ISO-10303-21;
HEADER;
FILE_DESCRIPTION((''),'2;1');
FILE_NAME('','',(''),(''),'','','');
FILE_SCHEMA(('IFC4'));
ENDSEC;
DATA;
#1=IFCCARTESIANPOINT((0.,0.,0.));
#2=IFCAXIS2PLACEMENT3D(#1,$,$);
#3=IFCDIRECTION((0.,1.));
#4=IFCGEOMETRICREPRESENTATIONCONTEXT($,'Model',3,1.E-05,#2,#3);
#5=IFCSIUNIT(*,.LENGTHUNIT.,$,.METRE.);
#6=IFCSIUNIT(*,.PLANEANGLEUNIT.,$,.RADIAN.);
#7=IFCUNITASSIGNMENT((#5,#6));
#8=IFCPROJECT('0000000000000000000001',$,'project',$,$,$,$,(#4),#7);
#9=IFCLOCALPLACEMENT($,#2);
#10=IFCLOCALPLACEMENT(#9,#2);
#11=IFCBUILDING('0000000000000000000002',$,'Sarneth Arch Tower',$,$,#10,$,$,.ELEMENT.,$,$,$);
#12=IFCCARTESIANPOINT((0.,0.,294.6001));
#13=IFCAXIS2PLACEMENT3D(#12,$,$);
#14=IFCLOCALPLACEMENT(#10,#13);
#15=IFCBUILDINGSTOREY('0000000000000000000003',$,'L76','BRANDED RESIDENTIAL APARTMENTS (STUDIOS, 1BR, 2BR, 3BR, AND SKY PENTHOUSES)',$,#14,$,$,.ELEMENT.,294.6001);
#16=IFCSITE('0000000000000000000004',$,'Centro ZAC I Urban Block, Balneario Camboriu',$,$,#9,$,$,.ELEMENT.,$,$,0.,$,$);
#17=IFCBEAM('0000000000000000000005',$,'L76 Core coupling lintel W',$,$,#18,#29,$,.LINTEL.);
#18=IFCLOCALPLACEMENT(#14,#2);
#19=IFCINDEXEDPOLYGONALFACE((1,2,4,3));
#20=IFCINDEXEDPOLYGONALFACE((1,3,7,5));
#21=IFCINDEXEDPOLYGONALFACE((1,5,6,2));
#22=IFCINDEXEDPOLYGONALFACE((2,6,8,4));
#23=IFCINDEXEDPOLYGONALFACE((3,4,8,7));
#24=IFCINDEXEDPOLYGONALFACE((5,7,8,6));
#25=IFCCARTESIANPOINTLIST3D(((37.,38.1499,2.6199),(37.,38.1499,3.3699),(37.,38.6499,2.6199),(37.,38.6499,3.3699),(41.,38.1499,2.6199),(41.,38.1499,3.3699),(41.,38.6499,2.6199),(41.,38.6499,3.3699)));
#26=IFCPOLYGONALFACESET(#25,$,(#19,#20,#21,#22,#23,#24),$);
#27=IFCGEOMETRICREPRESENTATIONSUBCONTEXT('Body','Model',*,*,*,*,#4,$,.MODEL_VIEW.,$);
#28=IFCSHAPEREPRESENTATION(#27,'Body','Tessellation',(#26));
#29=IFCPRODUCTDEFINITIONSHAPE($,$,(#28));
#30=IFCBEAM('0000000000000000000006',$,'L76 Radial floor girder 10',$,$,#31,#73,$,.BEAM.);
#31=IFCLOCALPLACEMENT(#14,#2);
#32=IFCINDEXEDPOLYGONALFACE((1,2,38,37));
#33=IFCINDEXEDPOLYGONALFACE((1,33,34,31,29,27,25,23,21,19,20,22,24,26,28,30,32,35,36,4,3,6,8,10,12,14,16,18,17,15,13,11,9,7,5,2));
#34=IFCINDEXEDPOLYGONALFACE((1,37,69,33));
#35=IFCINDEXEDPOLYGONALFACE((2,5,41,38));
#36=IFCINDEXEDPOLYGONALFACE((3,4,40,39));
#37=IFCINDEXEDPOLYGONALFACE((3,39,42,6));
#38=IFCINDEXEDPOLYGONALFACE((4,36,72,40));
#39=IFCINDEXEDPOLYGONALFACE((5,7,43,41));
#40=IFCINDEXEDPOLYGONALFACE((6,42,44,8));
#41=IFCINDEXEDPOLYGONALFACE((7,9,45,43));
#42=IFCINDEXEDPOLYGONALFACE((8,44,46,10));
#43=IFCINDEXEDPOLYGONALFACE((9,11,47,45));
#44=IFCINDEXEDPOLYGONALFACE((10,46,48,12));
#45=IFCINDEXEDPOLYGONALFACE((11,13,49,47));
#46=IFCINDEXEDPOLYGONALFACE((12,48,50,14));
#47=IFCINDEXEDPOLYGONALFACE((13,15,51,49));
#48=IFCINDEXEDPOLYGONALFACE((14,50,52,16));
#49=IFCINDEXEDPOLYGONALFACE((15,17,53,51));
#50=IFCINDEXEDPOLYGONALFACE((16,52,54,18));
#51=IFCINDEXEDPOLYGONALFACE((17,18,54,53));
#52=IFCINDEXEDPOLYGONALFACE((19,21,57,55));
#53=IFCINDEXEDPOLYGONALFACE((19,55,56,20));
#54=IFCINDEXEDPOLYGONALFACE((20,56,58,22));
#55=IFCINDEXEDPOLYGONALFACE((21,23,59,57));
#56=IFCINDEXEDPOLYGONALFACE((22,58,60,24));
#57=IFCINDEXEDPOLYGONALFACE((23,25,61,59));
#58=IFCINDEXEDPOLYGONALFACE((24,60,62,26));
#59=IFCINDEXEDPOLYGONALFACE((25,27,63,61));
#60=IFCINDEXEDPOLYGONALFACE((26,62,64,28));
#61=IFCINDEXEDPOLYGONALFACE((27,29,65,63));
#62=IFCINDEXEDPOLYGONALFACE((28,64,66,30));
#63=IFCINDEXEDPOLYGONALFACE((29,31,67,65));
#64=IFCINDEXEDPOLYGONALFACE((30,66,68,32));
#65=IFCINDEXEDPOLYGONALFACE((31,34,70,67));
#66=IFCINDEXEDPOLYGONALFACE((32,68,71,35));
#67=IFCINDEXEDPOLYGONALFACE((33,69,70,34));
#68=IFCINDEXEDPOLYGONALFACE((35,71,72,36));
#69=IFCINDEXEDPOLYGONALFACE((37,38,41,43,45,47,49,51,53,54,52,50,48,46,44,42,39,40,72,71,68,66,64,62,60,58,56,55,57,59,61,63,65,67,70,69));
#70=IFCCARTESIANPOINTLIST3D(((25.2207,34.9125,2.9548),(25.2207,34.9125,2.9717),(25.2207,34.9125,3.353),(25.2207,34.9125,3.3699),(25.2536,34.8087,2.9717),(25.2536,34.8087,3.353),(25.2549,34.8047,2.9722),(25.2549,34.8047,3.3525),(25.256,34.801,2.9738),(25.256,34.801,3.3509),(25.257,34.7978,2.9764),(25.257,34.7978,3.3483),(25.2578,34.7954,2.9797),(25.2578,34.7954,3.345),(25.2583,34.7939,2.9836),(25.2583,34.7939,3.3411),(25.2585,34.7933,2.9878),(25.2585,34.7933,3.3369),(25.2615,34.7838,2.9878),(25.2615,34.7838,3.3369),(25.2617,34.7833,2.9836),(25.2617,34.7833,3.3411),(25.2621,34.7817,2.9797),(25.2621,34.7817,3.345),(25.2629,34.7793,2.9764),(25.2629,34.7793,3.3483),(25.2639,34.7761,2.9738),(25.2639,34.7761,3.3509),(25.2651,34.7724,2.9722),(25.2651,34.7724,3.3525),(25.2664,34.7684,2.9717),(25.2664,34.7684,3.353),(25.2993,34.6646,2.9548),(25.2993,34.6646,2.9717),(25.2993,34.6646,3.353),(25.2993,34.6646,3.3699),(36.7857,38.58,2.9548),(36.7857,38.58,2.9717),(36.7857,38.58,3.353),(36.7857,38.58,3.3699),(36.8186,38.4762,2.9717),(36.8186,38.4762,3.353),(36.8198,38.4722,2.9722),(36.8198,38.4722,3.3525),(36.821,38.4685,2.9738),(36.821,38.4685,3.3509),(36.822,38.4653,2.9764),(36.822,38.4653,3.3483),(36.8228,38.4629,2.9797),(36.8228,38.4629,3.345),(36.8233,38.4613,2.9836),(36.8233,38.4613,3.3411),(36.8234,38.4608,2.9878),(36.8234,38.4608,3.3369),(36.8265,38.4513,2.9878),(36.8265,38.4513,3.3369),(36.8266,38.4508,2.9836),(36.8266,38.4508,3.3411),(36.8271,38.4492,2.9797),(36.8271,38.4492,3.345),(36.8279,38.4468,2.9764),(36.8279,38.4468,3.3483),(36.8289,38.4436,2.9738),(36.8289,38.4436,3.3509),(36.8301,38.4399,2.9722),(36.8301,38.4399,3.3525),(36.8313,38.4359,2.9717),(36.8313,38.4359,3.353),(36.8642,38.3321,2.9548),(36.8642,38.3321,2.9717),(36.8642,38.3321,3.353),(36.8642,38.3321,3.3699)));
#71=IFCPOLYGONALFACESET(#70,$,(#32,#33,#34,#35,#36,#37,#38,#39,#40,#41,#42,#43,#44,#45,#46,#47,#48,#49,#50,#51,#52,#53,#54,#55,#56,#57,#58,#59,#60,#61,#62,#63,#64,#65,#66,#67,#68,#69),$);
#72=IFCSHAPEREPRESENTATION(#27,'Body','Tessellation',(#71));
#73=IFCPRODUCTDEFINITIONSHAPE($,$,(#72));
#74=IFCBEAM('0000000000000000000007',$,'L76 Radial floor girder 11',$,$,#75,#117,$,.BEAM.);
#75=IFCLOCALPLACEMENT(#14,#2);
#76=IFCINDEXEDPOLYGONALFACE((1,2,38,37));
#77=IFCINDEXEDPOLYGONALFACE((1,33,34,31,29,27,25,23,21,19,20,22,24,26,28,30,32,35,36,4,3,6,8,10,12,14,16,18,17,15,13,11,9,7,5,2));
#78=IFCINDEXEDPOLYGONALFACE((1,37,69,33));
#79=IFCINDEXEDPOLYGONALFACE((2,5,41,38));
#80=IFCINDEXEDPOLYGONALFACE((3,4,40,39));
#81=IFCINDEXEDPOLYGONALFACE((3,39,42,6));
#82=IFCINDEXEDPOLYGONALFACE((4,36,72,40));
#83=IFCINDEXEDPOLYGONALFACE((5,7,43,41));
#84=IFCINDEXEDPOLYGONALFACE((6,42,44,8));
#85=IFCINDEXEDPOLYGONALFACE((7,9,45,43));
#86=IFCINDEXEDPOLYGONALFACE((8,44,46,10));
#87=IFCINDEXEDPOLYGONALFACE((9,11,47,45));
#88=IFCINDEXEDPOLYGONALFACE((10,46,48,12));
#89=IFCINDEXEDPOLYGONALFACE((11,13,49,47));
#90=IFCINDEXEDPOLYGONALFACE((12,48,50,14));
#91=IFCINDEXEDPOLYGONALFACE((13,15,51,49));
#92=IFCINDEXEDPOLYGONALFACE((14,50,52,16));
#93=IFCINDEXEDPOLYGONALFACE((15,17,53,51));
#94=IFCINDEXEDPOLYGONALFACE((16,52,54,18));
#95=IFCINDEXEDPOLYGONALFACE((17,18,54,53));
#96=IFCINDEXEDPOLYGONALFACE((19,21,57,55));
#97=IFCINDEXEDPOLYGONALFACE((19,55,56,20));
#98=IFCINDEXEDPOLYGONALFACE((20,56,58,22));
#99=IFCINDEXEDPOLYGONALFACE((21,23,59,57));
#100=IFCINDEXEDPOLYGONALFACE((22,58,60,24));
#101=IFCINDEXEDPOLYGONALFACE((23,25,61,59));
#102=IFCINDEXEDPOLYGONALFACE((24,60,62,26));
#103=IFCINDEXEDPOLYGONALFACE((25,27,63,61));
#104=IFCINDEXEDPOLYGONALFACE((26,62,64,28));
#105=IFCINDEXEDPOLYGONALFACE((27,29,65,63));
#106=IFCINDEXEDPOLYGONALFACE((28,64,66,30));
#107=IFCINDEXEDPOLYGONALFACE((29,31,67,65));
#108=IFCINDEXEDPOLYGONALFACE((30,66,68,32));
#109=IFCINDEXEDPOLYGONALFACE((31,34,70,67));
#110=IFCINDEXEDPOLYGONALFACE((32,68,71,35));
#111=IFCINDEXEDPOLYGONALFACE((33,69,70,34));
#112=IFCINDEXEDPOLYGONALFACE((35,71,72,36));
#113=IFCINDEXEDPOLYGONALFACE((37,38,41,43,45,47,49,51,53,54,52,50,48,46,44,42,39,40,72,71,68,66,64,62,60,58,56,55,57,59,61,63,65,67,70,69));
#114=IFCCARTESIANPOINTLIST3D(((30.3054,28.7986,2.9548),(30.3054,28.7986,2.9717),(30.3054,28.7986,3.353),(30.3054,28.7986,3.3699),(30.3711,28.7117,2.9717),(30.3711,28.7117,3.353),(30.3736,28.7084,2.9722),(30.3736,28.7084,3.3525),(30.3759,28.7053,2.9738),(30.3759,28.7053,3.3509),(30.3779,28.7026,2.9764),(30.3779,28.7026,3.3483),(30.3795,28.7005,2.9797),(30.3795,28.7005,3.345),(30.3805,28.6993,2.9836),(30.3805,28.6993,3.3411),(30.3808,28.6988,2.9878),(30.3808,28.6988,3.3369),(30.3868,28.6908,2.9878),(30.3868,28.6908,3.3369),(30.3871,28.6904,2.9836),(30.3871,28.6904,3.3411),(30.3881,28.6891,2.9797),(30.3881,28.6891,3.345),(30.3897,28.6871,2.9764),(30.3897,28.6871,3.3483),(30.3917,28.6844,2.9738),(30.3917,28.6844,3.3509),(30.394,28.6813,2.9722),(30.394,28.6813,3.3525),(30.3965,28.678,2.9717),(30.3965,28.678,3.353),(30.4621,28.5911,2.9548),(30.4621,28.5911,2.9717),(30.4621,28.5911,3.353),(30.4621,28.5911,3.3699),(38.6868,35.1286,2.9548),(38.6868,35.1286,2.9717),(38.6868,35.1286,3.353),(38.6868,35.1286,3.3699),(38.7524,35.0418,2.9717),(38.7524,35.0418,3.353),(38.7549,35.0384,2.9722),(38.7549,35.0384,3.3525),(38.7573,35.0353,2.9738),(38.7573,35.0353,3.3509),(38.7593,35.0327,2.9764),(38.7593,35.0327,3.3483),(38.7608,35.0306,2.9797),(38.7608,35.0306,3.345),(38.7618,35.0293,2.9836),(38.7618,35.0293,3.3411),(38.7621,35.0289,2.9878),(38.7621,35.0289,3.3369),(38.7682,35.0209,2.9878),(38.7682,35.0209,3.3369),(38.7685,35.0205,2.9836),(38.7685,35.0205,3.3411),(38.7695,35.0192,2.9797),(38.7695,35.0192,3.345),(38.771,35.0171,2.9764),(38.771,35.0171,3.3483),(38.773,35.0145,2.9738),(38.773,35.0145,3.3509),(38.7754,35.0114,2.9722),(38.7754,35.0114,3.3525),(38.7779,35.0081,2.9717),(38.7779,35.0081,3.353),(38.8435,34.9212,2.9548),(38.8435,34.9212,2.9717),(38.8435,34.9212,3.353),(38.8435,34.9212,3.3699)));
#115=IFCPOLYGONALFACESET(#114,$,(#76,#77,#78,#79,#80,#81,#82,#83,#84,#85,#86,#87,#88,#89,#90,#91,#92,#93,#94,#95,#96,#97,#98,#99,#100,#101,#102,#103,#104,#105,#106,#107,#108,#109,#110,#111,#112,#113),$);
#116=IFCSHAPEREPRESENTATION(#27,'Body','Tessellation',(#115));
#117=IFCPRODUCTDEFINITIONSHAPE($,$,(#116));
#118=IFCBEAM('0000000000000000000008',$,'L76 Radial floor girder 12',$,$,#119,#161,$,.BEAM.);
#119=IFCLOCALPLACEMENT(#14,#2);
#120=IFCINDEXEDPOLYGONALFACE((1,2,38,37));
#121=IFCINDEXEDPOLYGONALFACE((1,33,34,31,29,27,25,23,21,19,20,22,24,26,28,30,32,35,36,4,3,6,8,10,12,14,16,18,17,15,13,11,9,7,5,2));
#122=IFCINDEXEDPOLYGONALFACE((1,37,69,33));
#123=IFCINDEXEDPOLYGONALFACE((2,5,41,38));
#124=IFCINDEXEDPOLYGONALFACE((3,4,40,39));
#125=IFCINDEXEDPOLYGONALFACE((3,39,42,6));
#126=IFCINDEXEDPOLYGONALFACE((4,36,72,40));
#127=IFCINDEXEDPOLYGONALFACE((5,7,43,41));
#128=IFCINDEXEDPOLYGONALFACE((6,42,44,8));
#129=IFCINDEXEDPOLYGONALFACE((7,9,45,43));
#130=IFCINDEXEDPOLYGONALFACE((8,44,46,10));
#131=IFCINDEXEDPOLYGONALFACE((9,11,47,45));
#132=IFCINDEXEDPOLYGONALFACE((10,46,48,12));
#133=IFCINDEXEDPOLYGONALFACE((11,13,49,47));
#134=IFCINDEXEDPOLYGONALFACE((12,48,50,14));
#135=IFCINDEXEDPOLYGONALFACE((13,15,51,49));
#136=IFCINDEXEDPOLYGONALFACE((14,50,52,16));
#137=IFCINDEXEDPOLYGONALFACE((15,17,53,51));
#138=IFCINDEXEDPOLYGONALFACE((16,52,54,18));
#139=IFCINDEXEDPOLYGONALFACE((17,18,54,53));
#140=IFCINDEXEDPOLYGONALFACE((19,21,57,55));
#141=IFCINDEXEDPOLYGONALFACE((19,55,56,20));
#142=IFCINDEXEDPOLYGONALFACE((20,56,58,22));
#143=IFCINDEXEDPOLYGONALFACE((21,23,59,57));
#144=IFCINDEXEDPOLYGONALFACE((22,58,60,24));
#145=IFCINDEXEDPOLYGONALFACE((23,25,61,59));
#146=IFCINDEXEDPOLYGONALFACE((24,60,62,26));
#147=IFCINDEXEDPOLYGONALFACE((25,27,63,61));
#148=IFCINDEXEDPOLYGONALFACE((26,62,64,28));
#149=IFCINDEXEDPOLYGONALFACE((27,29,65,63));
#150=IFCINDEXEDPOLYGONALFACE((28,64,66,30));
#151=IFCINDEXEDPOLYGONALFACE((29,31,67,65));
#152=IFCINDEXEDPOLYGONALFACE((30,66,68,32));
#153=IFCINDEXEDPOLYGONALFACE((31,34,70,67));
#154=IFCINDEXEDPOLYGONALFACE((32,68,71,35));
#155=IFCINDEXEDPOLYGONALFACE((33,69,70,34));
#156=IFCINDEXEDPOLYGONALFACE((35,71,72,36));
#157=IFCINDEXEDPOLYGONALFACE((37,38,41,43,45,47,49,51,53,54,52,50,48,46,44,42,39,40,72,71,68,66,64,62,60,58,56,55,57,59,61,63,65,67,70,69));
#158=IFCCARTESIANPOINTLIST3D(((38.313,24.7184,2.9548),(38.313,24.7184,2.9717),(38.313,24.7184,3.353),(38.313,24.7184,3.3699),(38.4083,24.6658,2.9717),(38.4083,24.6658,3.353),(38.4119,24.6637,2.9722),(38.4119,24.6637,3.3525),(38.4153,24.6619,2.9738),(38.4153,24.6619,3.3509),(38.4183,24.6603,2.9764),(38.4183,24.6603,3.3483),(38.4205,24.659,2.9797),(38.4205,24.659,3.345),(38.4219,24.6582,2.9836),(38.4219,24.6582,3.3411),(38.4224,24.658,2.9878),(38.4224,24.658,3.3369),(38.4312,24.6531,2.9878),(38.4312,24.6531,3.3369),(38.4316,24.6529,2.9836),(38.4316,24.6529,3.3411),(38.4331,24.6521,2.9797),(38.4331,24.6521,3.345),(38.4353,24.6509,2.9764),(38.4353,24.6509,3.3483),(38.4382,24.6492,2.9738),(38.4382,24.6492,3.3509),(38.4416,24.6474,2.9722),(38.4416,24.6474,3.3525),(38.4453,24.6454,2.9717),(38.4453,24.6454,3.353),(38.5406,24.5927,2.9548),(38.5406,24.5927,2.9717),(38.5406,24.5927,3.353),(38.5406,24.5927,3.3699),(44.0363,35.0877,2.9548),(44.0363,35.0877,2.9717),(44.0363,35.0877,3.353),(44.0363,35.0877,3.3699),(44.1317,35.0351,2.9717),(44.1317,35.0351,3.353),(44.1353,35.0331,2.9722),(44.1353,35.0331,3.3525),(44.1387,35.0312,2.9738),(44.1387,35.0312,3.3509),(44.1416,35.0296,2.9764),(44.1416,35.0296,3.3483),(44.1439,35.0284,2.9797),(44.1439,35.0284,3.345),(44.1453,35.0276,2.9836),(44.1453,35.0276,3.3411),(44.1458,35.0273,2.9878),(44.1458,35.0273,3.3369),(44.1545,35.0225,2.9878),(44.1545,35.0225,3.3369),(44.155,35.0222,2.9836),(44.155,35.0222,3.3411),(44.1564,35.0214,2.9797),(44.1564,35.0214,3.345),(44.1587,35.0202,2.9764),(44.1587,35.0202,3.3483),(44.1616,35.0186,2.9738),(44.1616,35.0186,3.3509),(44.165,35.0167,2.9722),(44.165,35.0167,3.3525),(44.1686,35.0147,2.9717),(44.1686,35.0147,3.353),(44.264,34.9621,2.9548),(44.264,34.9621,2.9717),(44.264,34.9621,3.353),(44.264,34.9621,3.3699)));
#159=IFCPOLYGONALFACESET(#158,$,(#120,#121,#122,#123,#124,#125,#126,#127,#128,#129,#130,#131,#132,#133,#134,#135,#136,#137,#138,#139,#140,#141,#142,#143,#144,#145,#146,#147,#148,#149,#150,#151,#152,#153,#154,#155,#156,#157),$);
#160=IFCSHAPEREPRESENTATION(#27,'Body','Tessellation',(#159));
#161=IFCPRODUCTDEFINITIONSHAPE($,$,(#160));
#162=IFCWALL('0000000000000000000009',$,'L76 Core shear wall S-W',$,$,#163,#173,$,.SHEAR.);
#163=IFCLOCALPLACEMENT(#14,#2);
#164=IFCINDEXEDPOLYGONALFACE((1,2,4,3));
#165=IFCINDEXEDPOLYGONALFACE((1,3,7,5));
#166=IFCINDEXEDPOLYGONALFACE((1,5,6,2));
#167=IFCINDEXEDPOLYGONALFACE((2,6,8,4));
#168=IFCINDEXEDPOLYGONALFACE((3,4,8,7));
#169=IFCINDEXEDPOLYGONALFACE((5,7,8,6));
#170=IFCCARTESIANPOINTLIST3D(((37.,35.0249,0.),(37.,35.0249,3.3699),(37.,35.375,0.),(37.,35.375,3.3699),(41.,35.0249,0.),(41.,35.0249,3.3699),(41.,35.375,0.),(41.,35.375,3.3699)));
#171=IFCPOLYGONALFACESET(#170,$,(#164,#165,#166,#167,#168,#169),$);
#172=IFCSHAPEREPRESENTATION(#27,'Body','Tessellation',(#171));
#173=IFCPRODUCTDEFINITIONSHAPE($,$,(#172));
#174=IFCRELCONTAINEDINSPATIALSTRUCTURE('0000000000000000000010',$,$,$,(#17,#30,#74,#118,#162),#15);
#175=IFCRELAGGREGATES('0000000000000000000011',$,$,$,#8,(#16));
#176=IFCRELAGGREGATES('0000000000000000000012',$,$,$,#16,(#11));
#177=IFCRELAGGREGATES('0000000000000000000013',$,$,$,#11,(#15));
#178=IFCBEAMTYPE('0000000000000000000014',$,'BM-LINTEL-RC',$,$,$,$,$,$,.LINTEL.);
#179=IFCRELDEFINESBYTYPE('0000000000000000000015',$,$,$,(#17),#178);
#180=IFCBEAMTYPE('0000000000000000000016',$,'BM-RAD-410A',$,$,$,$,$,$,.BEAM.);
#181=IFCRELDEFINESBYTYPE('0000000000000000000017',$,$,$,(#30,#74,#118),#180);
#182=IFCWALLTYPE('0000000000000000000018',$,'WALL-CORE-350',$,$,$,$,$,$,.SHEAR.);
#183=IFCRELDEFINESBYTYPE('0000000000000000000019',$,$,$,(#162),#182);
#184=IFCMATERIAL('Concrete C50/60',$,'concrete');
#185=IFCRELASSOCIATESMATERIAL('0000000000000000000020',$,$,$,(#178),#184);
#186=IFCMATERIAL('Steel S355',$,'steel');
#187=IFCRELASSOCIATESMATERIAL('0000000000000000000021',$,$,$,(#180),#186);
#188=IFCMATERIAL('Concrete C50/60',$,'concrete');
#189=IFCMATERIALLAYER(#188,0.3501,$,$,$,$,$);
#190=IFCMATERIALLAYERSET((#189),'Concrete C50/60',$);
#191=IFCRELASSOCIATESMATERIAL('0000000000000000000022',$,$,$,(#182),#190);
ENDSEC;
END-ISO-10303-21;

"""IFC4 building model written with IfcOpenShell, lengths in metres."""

from ifc_helpers import new_model, si_unit, direction, frame, frame_2d, origin, origin_2d, place, context, subcontext, project, spatial, rectangle, i_section, extrude, material, layer, layer_set, material_profile, profile_set, type_object, element, save


model = new_model("IFC4")

# Units and contexts
model_context = context("Model", 3, precision=1e-05, world=origin(), true_north=direction((0.0, 1.0)))
body_context = subcontext(model_context, "Body", "Model", "MODEL_VIEW")
ifc_project = project(units=[si_unit("LENGTHUNIT", "METRE"), si_unit("PLANEANGLEUNIT", "RADIAN")], contexts=[model_context])

# Site, building, storey
site_placement = place(None, origin())
site = spatial("IfcSite", under=ifc_project, at=site_placement, Name="Centro ZAC I Urban Block, Balneario Camboriu", CompositionType="ELEMENT", RefElevation=0.0)
building_placement = place(site_placement, origin())
building = spatial("IfcBuilding", under=site, at=building_placement, Name="Sarneth Arch Tower", CompositionType="ELEMENT")
storey_placement = place(building_placement, frame((0.0, 0.0, 294.6001)))
storey = spatial("IfcBuildingStorey", under=building, at=storey_placement, Name="L76", Description="BRANDED RESIDENTIAL APARTMENTS (STUDIOS, 1BR, 2BR, 3BR, AND SKY PENTHOUSES)", CompositionType="ELEMENT", Elevation=294.6001)

# Beams
ifc_material_1 = material(Name="Concrete C50/60", Category="concrete")
ifc_material_profile_1 = material_profile(ifc_material_1, rectangle(XDim=0.5, YDim=0.75, at=origin_2d()), Name="RC-500x750")
ifc_profile_set_1 = profile_set([ifc_material_profile_1], Name="Concrete C50/60")
beam_type_1 = type_object("IfcBeamType", Name="BM-LINTEL-RC", PredefinedType="LINTEL", material=ifc_profile_set_1)
beam_1_placement = place(storey_placement, frame((37.0, 38.3999, 2.9949), z_axis=(1.0, 0.0, 0.0), x_axis=(0.0, 1.0, 0.0)))
element("IfcBeam", 1, at=beam_1_placement, inside=storey, type_object=beam_type_1, Name="L76 Core coupling lintel W", PredefinedType="LINTEL", context=body_context, shape_type="SweptSolid", body=[
    extrude(rectangle(XDim=0.5, YDim=0.75, at=origin_2d()), origin(), (0.0, 0.0, 1.0), 4.0),
])
ifc_material_2 = material(Name="Steel S355", Category="steel")
ifc_material_profile_2 = material_profile(ifc_material_2, i_section(OverallWidth=0.26, OverallDepth=0.415, WebThickness=0.01, FlangeThickness=0.0168, FilletRadius=0.0161, at=origin_2d()), Name="W410x100")
ifc_profile_set_2 = profile_set([ifc_material_profile_2], Name="Steel S355")
beam_type_2 = type_object("IfcBeamType", Name="BM-RAD-410A", PredefinedType="BEAM", material=ifc_profile_set_2)
beam_2_placement = place(storey_placement, frame((36.825, 38.4561, 3.1624), z_axis=(-0.953218, -0.302285, 0.0), x_axis=(0.302285, -0.953218, 0.0)))
element("IfcBeam", 2, at=beam_2_placement, inside=storey, type_object=beam_type_2, Name="L76 Radial floor girder 10", PredefinedType="BEAM", context=body_context, shape_type="SweptSolid", body=[
    extrude(i_section(OverallWidth=0.26, OverallDepth=0.415, WebThickness=0.01, FlangeThickness=0.0168, FilletRadius=0.0161, at=origin_2d()), origin(), (0.0, 0.0, 1.0), 12.1326),
])
beam_3_placement = place(storey_placement, frame((38.7651, 35.0249, 3.1624), z_axis=(-0.797982, -0.602682, 0.0), x_axis=(0.602682, -0.797982, 0.0)))
element("IfcBeam", 3, at=beam_3_placement, inside=storey, type_object=beam_type_2, Name="L76 Radial floor girder 11", PredefinedType="BEAM", context=body_context, shape_type="SweptSolid", body=[
    extrude(i_section(OverallWidth=0.26, OverallDepth=0.415, WebThickness=0.01, FlangeThickness=0.0168, FilletRadius=0.0161, at=origin_2d()), origin(), (0.0, 0.0, 1.0), 10.5032),
])
beam_4_placement = place(storey_placement, frame((44.1501, 35.0249, 3.1624), z_axis=(-0.483229, -0.875494, 0.0), x_axis=(0.875494, -0.483229, 0.0)))
element("IfcBeam", 4, at=beam_4_placement, inside=storey, type_object=beam_type_2, Name="L76 Radial floor girder 12", PredefinedType="BEAM", context=body_context, shape_type="SweptSolid", body=[
    extrude(i_section(OverallWidth=0.26, OverallDepth=0.415, WebThickness=0.01, FlangeThickness=0.0168, FilletRadius=0.0161, at=origin_2d()), origin(), (0.0, 0.0, 1.0), 11.844),
])

# Wall
ifc_material_3 = material(Name="Concrete C50/60", Category="concrete")
ifc_layer_1 = layer(ifc_material_3, 0.3501)
ifc_layer_set_1 = layer_set([ifc_layer_1], Name="Concrete C50/60")
wall_type_1 = type_object("IfcWallType", Name="WALL-CORE-350", PredefinedType="SHEAR", material=ifc_layer_set_1)
wall_1_placement = place(storey_placement, frame((37.0, 35.2, 0.0), z_axis=(0.0, 0.0, 1.0), x_axis=(1.0, 0.0, 0.0)))
element("IfcWall", 5, at=wall_1_placement, inside=storey, type_object=wall_type_1, Name="L76 Core shear wall S-W", PredefinedType="SHEAR", context=body_context, shape_type="SweptSolid", body=[
    extrude(rectangle(XDim=4.0, YDim=0.3501, at=frame_2d((2.0, 0.0))), origin(), (0.0, 0.0, 1.0), 3.3699),
])

save(model, "model.ifc")
